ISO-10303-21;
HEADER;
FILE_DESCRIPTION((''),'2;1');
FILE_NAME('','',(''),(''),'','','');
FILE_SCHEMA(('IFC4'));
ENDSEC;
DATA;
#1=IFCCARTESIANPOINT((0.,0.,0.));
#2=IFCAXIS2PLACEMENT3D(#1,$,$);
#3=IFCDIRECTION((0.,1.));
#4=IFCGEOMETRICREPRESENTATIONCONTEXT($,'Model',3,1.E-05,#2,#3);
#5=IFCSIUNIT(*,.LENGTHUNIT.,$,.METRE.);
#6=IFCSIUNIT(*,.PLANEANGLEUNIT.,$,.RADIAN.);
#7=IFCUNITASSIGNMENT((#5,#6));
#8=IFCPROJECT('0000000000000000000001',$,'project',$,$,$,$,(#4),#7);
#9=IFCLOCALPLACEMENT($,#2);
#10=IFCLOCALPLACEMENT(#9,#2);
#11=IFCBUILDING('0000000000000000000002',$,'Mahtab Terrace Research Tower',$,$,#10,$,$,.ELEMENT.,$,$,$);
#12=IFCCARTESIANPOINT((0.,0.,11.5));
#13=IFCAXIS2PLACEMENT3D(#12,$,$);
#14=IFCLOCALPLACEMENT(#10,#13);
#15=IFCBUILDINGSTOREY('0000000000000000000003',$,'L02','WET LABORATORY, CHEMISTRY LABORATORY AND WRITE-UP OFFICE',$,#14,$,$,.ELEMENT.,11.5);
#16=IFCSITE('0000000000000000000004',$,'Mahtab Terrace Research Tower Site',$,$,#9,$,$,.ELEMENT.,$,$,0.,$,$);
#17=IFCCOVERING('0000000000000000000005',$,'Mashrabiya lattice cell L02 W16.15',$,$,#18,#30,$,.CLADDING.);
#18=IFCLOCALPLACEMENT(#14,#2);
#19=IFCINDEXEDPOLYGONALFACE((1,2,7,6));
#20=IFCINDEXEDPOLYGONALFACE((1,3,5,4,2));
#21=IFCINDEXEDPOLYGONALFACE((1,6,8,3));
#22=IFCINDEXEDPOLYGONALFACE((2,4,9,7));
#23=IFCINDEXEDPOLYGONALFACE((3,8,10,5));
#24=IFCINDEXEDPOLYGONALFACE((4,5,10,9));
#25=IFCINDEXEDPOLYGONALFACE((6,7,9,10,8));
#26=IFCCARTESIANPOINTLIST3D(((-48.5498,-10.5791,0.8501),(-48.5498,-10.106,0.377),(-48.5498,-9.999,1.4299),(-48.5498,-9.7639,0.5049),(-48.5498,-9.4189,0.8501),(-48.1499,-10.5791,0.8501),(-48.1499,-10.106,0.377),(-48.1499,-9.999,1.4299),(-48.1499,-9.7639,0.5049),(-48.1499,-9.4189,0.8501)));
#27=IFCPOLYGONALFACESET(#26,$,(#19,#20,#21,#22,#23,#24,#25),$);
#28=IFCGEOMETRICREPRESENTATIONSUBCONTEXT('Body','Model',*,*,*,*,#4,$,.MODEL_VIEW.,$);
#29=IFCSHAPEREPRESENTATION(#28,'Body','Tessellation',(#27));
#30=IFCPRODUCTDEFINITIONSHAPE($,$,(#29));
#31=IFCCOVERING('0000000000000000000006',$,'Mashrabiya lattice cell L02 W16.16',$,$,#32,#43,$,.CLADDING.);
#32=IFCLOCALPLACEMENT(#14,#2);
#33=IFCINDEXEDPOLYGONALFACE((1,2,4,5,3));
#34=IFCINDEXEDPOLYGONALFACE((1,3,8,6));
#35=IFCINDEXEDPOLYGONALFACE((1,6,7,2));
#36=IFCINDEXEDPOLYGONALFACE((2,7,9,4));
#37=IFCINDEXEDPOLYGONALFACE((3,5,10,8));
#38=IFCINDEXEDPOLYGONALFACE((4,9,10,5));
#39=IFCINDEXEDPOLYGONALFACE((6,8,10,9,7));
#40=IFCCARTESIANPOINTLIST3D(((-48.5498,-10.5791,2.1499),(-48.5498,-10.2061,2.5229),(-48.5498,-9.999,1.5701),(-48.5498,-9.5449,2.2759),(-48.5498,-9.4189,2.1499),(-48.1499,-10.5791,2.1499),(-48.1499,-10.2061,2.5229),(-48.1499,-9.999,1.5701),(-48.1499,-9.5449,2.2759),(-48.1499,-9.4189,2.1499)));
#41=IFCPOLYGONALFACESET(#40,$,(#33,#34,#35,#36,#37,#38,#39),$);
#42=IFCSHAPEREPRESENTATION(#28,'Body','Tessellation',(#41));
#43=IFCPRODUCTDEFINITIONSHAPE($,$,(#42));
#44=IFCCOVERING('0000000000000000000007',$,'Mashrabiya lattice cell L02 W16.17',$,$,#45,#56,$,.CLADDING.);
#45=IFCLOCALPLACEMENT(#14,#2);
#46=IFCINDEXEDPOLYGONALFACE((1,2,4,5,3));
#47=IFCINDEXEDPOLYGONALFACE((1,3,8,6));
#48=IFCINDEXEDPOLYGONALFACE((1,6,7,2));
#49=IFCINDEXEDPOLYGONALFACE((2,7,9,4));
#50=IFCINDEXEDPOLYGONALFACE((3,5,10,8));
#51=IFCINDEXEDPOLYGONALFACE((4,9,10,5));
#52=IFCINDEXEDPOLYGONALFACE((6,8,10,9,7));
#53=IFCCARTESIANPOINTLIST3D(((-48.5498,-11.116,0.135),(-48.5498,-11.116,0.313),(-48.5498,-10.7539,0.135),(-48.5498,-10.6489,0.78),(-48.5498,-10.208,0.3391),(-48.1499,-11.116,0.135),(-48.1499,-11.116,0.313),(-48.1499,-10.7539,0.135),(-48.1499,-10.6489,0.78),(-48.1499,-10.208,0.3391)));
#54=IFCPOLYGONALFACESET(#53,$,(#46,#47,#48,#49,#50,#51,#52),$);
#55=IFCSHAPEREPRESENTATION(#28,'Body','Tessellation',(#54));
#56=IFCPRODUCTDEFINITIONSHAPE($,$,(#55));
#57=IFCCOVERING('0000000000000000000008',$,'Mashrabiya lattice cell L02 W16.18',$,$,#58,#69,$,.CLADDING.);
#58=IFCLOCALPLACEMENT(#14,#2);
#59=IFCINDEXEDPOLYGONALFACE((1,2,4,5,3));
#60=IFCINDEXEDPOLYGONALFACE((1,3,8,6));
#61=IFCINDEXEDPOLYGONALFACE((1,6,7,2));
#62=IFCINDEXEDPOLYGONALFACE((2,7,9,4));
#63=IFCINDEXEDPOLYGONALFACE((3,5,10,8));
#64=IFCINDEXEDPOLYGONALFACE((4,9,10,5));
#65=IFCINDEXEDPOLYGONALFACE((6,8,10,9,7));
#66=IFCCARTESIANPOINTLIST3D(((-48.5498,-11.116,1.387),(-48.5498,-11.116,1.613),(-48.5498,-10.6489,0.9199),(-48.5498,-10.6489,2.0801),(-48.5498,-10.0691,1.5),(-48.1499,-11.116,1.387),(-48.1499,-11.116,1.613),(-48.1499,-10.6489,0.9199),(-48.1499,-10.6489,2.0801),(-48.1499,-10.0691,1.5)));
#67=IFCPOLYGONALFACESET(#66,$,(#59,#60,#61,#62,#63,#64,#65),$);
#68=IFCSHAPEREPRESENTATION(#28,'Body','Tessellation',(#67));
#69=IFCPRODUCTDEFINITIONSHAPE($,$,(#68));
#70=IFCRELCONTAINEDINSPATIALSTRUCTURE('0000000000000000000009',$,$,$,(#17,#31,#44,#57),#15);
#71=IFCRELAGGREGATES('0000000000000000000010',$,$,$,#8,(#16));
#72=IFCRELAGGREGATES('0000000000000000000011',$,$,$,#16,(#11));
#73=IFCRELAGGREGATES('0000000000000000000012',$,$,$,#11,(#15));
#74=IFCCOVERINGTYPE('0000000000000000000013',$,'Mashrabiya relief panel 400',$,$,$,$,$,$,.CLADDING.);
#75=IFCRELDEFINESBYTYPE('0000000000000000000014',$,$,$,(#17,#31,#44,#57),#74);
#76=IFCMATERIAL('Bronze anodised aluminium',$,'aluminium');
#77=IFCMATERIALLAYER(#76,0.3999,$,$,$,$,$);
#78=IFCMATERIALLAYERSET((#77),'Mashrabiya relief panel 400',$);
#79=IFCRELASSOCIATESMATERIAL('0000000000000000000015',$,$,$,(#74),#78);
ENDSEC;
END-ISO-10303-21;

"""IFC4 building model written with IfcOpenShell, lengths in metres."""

from ifc_helpers import new_model, si_unit, direction, frame, origin, place, context, subcontext, project, spatial, polyline, outline, extrude, material, layer, layer_set, type_object, element, save


model = new_model("IFC4")

# Units and contexts
model_context = context("Model", 3, precision=1e-05, world=origin(), true_north=direction((0.0, 1.0)))
body_context = subcontext(model_context, "Body", "Model", "MODEL_VIEW")
ifc_project = project(units=[si_unit("LENGTHUNIT", "METRE"), si_unit("PLANEANGLEUNIT", "RADIAN")], contexts=[model_context])

# Site, building, storey
site_placement = place(None, origin())
site = spatial("IfcSite", under=ifc_project, at=site_placement, Name="Mahtab Terrace Research Tower Site", CompositionType="ELEMENT", RefElevation=0.0)
building_placement = place(site_placement, origin())
building = spatial("IfcBuilding", under=site, at=building_placement, Name="Mahtab Terrace Research Tower", CompositionType="ELEMENT")
storey_placement = place(building_placement, frame((0.0, 0.0, 11.5)))
storey = spatial("IfcBuildingStorey", under=building, at=storey_placement, Name="L02", Description="WET LABORATORY, CHEMISTRY LABORATORY AND WRITE-UP OFFICE", CompositionType="ELEMENT", Elevation=11.5)

# Coverings
ifc_material = material(Name="Bronze anodised aluminium", Category="aluminium")
ifc_layer = layer(ifc_material, 0.3999)
ifc_layer_set = layer_set([ifc_layer], Name="Mashrabiya relief panel 400")
covering_type = type_object("IfcCoveringType", Name="Mashrabiya relief panel 400", PredefinedType="CLADDING", material=ifc_layer_set)
covering_1_placement = place(storey_placement, frame((-48.1499, -9.4189, 0.8501), z_axis=(1.0, 0.0, 0.0), x_axis=(0.0, -0.707256, 0.706958)))
element("IfcCovering", 1, at=covering_1_placement, inside=storey, type_object=covering_type, Name="Mashrabiya lattice cell L02 W16.15", PredefinedType="CLADDING", context=body_context, shape_type="SweptSolid", body=[
    extrude(outline(polyline([(0.0, 0.0), (0.8202, 0.0), (0.8205, 0.8202), (0.1514, 0.8203), (-0.0001, 0.488), (0.0, 0.0)])), origin(), (0.0, 0.0, -1.0), 0.3999),
])
covering_2_placement = place(storey_placement, frame((-48.1499, -10.5791, 2.1499), z_axis=(1.0, 0.0, 0.0), x_axis=(0.0, 0.707256, -0.706958)))
element("IfcCovering", 2, at=covering_2_placement, inside=storey, type_object=covering_type, Name="Mashrabiya lattice cell L02 W16.16", PredefinedType="CLADDING", context=body_context, shape_type="SweptSolid", body=[
    extrude(outline(polyline([(0.0, 0.0), (0.8202, 0.0), (0.8205, 0.8202), (0.6424, 0.8202), (0.0001, 0.5276), (0.0, 0.0)])), origin(), (0.0, 0.0, -1.0), 0.3999),
])
covering_3_placement = place(storey_placement, frame((-48.1499, -10.6489, 0.78), z_axis=(1.0, 0.0, 0.0), x_axis=(0.0, -0.707107, -0.707107)))
element("IfcCovering", 3, at=covering_3_placement, inside=storey, type_object=covering_type, Name="Mashrabiya lattice cell L02 W16.17", PredefinedType="CLADDING", context=body_context, shape_type="SweptSolid", body=[
    extrude(outline(polyline([(0.0, 0.0), (0.6605, 0.0), (0.7863, 0.1258), (0.5303, 0.3819), (0.0, 0.6236), (0.0, 0.0)])), origin(), (0.0, 0.0, -1.0), 0.3999),
])
covering_4_placement = place(storey_placement, frame((-48.1499, -10.6489, 0.9199), z_axis=(1.0, 0.0, 0.0), x_axis=(0.0, 0.706958, 0.707256)))
element("IfcCovering", 4, at=covering_4_placement, inside=storey, type_object=covering_type, Name="Mashrabiya lattice cell L02 W16.18", PredefinedType="CLADDING", context=body_context, shape_type="SweptSolid", body=[
    extrude(outline(polyline([(0.0, 0.0), (0.8202, 0.0), (0.8205, 0.8202), (0.16, 0.8203), (0.0001, 0.6605), (0.0, 0.0)])), origin(), (0.0, 0.0, -1.0), 0.3999),
])

save(model, "model.ifc")
